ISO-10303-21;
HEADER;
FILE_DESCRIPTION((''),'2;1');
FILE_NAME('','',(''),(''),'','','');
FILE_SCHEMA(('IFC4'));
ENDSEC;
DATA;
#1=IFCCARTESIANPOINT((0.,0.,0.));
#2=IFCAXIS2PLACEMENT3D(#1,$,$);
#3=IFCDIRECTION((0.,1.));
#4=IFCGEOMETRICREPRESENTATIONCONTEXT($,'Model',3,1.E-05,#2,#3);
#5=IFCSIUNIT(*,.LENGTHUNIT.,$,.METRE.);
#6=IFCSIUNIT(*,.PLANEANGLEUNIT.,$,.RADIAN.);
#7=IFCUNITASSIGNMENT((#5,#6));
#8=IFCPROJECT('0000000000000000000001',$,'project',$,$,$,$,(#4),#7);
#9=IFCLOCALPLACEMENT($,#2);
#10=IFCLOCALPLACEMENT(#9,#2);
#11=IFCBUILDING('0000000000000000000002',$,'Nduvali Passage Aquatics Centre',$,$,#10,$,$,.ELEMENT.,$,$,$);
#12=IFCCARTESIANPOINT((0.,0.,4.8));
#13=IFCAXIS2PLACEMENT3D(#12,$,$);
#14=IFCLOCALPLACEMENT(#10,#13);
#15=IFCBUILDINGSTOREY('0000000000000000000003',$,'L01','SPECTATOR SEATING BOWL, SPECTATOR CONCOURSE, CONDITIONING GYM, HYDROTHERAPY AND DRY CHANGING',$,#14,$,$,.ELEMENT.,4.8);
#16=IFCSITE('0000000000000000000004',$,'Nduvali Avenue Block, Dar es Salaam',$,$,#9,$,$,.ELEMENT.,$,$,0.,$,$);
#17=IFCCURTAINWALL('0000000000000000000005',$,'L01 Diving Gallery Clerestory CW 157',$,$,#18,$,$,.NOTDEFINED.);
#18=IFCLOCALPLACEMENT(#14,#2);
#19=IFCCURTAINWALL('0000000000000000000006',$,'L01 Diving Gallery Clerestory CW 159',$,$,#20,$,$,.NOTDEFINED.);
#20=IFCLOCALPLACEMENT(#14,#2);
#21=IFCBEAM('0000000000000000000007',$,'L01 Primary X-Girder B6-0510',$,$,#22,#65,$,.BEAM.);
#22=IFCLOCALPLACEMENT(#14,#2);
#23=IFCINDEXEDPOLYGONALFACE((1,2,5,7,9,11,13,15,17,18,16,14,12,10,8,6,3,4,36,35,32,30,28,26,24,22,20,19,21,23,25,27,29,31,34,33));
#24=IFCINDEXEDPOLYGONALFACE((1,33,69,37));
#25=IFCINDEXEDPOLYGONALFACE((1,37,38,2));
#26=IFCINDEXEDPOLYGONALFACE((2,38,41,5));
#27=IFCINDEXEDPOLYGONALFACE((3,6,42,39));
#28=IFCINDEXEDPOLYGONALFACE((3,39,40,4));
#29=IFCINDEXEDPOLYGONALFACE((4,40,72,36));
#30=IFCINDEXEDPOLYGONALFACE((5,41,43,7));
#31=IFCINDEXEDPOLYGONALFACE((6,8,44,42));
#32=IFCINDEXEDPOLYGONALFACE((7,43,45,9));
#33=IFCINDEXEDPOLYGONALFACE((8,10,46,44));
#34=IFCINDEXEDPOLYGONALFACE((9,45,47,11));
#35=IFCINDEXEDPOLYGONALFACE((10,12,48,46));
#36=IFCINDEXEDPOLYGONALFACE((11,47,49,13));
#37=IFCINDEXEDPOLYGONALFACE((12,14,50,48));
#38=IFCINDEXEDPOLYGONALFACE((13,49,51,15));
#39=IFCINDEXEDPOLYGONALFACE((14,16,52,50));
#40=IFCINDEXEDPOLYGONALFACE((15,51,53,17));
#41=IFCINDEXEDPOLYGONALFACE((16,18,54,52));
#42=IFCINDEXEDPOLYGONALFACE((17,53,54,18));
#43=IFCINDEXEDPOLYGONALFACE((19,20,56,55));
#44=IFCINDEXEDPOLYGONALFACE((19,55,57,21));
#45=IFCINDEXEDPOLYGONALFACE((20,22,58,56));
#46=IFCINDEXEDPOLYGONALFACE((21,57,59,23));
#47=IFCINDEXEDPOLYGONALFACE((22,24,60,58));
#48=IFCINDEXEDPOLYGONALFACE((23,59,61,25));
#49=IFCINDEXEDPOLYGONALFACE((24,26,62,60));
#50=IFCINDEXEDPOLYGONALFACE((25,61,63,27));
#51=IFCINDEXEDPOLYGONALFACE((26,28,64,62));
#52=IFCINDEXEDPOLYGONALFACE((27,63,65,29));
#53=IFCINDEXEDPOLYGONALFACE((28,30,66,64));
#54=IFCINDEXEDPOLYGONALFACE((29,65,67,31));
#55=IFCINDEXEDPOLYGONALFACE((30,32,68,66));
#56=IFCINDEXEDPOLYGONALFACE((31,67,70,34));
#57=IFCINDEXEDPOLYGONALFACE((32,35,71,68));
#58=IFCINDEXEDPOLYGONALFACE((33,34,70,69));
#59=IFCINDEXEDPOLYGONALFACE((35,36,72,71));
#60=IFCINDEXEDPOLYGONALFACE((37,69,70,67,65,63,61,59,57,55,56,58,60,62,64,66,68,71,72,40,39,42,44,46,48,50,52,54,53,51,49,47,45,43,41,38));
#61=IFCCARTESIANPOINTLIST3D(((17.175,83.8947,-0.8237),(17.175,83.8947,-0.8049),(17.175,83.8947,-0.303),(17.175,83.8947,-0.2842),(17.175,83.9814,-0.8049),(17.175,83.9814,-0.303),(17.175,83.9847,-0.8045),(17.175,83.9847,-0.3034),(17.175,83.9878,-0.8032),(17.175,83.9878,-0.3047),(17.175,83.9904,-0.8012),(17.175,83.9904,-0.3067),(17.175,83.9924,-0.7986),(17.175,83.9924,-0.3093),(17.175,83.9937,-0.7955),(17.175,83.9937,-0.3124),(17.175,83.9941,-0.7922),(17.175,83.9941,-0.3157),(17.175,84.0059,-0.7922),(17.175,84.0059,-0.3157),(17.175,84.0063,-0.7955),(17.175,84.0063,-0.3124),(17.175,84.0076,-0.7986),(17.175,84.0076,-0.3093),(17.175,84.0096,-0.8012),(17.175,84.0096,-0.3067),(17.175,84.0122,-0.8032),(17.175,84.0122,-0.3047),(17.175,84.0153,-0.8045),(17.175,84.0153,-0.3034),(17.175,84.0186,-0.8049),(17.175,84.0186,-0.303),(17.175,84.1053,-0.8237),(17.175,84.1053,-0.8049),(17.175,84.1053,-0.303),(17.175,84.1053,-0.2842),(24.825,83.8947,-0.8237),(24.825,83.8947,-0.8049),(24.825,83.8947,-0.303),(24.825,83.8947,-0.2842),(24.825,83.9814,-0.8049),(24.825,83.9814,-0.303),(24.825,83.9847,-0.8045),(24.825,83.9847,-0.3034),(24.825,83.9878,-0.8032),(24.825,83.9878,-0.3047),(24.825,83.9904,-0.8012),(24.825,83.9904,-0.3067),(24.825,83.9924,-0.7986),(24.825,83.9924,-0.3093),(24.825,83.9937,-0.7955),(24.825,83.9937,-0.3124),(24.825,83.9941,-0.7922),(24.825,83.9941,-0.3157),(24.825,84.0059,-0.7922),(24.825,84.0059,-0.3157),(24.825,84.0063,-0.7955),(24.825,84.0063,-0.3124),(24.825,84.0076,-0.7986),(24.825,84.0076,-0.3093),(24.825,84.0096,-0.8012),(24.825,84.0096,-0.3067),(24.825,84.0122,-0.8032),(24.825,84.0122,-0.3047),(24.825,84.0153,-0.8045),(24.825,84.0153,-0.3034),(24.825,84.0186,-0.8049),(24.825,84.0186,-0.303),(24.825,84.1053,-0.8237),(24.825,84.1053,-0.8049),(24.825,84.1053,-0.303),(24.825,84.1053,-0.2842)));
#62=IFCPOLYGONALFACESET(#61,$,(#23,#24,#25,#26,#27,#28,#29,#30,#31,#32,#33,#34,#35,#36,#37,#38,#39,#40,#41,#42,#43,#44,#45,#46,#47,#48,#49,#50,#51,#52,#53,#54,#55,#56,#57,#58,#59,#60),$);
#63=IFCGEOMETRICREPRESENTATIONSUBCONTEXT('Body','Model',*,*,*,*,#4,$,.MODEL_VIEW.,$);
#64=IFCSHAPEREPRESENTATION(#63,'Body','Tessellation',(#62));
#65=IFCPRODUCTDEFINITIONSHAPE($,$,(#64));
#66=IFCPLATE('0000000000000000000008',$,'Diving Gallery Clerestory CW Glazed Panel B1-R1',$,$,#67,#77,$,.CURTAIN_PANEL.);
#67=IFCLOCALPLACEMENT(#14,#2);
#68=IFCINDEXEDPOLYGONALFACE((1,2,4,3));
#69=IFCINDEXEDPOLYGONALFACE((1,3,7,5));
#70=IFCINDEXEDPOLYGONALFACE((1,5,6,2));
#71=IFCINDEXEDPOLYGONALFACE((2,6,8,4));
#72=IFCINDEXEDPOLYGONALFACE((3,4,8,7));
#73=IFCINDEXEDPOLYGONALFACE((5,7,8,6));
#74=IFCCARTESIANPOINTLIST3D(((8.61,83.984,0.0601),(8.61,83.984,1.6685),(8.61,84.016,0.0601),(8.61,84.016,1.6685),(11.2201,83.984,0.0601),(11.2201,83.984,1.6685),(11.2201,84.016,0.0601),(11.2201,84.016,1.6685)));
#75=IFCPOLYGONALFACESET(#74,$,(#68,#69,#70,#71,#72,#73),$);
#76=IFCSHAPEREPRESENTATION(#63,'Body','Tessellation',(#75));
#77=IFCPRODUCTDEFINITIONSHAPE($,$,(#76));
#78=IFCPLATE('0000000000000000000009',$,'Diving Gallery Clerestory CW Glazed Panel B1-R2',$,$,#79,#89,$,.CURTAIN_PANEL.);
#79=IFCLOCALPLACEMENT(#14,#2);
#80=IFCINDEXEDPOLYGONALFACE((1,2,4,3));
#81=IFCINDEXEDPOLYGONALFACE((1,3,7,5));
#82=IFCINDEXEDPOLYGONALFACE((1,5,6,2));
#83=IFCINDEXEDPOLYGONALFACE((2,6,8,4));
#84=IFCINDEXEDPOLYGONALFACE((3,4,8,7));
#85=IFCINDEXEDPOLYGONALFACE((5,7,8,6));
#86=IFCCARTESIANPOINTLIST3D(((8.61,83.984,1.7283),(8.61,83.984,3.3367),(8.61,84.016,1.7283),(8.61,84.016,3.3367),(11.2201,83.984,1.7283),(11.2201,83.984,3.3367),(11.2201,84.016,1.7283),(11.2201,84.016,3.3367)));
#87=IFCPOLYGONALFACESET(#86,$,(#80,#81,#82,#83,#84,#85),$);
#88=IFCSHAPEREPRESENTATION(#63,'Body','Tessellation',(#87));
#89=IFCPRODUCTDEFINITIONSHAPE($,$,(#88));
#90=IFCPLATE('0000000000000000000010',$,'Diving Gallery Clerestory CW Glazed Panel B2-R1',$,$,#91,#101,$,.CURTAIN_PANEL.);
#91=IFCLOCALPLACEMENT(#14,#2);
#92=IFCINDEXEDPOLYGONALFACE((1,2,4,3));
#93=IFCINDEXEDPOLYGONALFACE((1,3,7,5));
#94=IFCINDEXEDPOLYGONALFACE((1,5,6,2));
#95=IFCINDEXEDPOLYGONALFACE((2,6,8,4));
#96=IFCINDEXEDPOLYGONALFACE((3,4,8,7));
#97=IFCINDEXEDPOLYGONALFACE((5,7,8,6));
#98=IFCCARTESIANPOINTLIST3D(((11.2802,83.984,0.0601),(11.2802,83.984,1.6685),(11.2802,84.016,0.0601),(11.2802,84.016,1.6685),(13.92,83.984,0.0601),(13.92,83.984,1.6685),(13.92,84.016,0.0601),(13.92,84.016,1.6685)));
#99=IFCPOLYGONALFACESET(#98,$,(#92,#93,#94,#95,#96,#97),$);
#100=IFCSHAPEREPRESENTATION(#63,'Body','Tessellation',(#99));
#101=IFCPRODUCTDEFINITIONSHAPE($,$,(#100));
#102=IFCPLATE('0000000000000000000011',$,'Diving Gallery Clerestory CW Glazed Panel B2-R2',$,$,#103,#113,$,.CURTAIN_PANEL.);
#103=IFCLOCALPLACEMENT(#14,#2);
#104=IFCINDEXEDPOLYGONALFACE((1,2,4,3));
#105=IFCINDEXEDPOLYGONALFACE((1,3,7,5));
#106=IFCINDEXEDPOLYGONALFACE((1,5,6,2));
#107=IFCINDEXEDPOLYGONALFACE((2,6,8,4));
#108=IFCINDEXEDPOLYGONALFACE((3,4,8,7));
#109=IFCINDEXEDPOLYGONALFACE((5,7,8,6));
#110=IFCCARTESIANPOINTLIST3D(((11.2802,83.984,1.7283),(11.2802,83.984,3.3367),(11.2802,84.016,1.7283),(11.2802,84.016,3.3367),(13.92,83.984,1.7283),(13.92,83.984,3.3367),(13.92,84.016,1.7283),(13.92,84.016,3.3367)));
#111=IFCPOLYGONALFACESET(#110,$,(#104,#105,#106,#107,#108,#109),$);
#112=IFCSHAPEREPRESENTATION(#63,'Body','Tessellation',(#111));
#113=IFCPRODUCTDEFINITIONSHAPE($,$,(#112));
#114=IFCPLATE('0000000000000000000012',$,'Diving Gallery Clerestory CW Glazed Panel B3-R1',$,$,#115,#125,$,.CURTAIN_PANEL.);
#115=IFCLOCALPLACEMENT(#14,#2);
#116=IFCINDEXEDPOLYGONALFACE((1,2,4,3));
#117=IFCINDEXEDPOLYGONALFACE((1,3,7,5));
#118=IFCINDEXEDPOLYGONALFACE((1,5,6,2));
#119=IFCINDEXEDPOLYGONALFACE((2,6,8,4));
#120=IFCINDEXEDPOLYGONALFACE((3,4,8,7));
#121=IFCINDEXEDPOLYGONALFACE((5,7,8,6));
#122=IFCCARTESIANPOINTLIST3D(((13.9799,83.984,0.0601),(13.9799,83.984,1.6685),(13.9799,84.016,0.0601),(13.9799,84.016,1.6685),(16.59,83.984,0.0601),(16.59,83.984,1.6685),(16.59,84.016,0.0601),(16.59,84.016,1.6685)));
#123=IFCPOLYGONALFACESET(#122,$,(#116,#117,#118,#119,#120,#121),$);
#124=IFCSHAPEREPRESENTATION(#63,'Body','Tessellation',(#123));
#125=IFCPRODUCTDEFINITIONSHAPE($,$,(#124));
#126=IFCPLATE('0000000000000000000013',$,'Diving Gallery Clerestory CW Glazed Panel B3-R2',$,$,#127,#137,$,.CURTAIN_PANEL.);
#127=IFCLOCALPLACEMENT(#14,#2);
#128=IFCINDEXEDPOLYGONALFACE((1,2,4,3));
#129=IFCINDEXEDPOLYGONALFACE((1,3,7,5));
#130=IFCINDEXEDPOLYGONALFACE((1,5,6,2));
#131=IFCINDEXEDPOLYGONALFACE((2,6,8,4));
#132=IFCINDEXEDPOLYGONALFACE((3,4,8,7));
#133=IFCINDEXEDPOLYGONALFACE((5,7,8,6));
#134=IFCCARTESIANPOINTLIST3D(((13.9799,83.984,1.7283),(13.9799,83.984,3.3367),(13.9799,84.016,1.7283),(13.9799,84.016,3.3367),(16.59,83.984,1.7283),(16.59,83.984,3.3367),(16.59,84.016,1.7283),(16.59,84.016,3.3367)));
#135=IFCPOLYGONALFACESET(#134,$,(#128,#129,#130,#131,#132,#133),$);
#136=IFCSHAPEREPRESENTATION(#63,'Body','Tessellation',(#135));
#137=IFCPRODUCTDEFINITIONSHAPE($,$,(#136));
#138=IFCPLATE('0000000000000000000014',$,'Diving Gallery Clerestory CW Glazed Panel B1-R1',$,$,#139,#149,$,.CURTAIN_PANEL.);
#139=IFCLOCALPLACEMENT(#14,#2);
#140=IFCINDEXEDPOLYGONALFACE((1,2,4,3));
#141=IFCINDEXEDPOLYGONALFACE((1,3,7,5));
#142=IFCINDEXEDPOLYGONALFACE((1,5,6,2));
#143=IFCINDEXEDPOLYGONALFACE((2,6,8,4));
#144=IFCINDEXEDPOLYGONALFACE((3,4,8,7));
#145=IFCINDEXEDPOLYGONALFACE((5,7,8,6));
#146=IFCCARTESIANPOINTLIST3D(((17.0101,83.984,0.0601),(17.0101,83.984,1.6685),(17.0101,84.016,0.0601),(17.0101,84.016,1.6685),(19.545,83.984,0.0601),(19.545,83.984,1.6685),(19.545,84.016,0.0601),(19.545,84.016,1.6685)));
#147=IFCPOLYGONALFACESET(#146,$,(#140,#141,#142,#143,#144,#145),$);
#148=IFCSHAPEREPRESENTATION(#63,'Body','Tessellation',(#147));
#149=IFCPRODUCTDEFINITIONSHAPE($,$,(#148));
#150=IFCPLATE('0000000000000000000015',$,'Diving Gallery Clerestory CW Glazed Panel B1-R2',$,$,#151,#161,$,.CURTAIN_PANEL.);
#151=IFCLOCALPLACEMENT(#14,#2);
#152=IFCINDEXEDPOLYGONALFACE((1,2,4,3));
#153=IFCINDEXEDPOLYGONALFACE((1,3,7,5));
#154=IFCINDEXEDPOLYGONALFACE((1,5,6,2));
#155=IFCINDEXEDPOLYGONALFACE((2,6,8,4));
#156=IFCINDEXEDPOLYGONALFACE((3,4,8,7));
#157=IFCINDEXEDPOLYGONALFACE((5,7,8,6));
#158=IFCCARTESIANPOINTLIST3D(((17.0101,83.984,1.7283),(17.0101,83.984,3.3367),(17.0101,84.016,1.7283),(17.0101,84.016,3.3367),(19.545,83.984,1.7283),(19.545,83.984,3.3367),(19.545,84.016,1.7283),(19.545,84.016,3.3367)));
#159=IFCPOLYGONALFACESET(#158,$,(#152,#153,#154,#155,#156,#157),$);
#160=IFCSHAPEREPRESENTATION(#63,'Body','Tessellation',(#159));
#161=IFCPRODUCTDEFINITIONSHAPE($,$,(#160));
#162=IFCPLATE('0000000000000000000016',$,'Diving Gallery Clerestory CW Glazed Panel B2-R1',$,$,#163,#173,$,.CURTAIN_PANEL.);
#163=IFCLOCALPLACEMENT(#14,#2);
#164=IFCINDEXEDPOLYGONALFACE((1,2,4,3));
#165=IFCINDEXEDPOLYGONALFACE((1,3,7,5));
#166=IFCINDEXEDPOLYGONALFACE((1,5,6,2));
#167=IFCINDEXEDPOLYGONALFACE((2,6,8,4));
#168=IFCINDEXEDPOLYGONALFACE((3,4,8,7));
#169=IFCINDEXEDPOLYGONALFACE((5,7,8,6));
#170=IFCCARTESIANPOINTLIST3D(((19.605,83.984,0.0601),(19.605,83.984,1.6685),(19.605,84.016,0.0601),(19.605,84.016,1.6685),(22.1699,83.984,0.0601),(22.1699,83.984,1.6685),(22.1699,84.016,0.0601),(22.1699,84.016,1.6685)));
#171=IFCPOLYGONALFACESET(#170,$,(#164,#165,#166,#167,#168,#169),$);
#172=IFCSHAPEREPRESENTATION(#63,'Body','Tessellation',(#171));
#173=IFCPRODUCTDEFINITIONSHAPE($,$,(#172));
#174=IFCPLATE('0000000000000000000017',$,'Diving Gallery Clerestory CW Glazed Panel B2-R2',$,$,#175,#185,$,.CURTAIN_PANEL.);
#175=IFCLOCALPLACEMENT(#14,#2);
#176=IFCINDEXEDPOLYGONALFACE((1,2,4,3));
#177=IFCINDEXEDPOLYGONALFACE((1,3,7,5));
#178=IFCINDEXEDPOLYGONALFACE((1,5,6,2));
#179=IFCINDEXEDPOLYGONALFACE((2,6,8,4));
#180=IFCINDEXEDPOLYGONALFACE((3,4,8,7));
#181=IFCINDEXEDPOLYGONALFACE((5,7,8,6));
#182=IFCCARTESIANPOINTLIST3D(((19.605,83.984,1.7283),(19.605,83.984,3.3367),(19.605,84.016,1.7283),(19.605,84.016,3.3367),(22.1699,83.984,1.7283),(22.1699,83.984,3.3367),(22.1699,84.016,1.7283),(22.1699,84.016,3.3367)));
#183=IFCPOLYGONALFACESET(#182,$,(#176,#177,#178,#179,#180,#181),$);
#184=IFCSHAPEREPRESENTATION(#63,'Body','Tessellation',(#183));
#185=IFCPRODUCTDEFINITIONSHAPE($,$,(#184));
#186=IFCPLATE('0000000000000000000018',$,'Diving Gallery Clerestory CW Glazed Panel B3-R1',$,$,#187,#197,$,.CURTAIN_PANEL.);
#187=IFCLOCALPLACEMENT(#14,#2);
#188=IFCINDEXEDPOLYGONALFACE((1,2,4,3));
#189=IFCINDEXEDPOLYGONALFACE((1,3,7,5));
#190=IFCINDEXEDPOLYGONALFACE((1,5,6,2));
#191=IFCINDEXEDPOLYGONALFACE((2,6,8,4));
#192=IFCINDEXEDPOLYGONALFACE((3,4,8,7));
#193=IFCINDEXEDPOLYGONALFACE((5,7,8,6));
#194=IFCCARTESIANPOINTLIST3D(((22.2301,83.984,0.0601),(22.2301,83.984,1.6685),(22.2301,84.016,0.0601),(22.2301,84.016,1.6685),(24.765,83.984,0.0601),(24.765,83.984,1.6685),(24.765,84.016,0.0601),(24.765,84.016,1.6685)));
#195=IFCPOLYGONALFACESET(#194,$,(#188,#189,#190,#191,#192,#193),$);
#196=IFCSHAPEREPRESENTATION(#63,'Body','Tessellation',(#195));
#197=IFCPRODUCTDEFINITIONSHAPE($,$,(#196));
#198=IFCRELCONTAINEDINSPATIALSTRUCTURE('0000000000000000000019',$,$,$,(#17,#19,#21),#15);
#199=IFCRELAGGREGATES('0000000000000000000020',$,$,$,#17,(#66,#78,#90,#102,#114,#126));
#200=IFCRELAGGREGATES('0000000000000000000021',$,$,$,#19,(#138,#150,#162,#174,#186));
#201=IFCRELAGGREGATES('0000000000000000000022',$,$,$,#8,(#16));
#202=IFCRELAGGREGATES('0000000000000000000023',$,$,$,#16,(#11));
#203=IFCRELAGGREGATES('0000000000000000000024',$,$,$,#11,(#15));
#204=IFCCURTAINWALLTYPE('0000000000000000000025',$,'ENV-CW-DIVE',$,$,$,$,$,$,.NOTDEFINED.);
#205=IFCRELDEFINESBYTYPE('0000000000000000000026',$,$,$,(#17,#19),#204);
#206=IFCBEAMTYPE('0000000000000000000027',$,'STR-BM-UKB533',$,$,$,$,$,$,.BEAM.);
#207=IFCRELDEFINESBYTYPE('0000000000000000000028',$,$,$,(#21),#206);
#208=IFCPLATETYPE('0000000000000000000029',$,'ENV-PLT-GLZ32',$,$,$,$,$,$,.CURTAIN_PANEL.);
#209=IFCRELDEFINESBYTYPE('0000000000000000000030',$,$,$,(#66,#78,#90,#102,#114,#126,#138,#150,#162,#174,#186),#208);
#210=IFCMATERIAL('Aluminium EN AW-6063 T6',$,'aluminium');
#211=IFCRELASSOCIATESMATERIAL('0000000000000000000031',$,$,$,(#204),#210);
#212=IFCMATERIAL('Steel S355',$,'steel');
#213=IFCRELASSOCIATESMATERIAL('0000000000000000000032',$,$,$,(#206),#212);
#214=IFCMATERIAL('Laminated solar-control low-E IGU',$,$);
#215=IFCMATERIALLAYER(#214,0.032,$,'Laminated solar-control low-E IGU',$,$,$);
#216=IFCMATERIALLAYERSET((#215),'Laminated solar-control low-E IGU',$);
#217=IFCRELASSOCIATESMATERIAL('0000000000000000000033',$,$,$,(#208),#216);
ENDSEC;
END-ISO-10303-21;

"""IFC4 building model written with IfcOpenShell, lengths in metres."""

from ifc_helpers import new_model, si_unit, direction, frame, origin, origin_2d, place, context, subcontext, project, spatial, rectangle, i_section, extrude, material, layer, layer_set, material_profile, profile_set, type_object, element, aggregate, save


model = new_model("IFC4")

# Units and contexts
model_context = context("Model", 3, precision=1e-05, world=origin(), true_north=direction((0.0, 1.0)))
body_context = subcontext(model_context, "Body", "Model", "MODEL_VIEW")
ifc_project = project(units=[si_unit("LENGTHUNIT", "METRE"), si_unit("PLANEANGLEUNIT", "RADIAN")], contexts=[model_context])

# Site, building, storey
site_placement = place(None, origin())
site = spatial("IfcSite", under=ifc_project, at=site_placement, Name="Nduvali Avenue Block, Dar es Salaam", CompositionType="ELEMENT", RefElevation=0.0)
building_placement = place(site_placement, origin())
building = spatial("IfcBuilding", under=site, at=building_placement, Name="Nduvali Passage Aquatics Centre", CompositionType="ELEMENT")
storey_placement = place(building_placement, frame((0.0, 0.0, 4.8)))
storey = spatial("IfcBuildingStorey", under=building, at=storey_placement, Name="L01", Description="SPECTATOR SEATING BOWL, SPECTATOR CONCOURSE, CONDITIONING GYM, HYDROTHERAPY AND DRY CHANGING", CompositionType="ELEMENT", Elevation=4.8)

# Shared definitions
ifc_material_1 = material(Name="Steel S355", Category="steel")

# Curtain walls
ifc_material_2 = material(Name="Aluminium EN AW-6063 T6", Category="aluminium")
curtain_wall_type = type_object("IfcCurtainWallType", Name="ENV-CW-DIVE", PredefinedType="NOTDEFINED", material=ifc_material_2)
curtain_wall_1_placement = place(storey_placement, origin())
curtain_wall_1 = element("IfcCurtainWall", 1, at=curtain_wall_1_placement, inside=storey, type_object=curtain_wall_type, Name="L01 Diving Gallery Clerestory CW 157", PredefinedType="NOTDEFINED")
curtain_wall_2_placement = place(storey_placement, origin())
curtain_wall_2 = element("IfcCurtainWall", 2, at=curtain_wall_2_placement, inside=storey, type_object=curtain_wall_type, Name="L01 Diving Gallery Clerestory CW 159", PredefinedType="NOTDEFINED")

# Beam
ifc_material_profile_1 = material_profile(ifc_material_1, i_section(OverallWidth=0.2107, OverallDepth=0.5396, WebThickness=0.0117, FlangeThickness=0.0188, FilletRadius=0.0127, at=origin_2d()), Name="UKB 533x210x109")
ifc_profile_set_1 = profile_set([ifc_material_profile_1], Name="Steel S355")
beam_type = type_object("IfcBeamType", Name="STR-BM-UKB533", PredefinedType="BEAM", material=ifc_profile_set_1)
beam_1_placement = place(storey_placement, frame((17.175, 84.0, -0.554), z_axis=(1.0, 0.0, 0.0), x_axis=(0.0, 1.0, 0.0)))
element("IfcBeam", 3, at=beam_1_placement, inside=storey, type_object=beam_type, Name="L01 Primary X-Girder B6-0510", PredefinedType="BEAM", context=body_context, shape_type="SweptSolid", body=[
    extrude(i_section(OverallWidth=0.2107, OverallDepth=0.5396, WebThickness=0.0117, FlangeThickness=0.0188, FilletRadius=0.0127, at=origin_2d()), origin(), (0.0, 0.0, 1.0), 7.6499),
])

# Plates
ifc_material_3 = material(Name="Laminated solar-control low-E IGU")
ifc_layer = layer(ifc_material_3, 0.032, Name="Laminated solar-control low-E IGU")
ifc_layer_set = layer_set([ifc_layer], Name="Laminated solar-control low-E IGU")
plate_type = type_object("IfcPlateType", Name="ENV-PLT-GLZ32", PredefinedType="CURTAIN_PANEL", material=ifc_layer_set)
plate_1_placement = place(storey_placement, frame((9.915, 84.0, 0.0601), z_axis=(0.0, 0.0, 1.0), x_axis=(1.0, 0.0, 0.0)))
plate_1 = element("IfcPlate", 4, at=plate_1_placement, type_object=plate_type, Name="Diving Gallery Clerestory CW Glazed Panel B1-R1", PredefinedType="CURTAIN_PANEL", context=body_context, shape_type="SweptSolid", body=[
    extrude(rectangle(XDim=2.6101, YDim=0.032, at=origin_2d()), origin(), (0.0, 0.0, 1.0), 1.6084),
])
plate_2_placement = place(storey_placement, frame((9.915, 84.0, 1.7283), z_axis=(0.0, 0.0, 1.0), x_axis=(1.0, 0.0, 0.0)))
plate_2 = element("IfcPlate", 5, at=plate_2_placement, type_object=plate_type, Name="Diving Gallery Clerestory CW Glazed Panel B1-R2", PredefinedType="CURTAIN_PANEL", context=body_context, shape_type="SweptSolid", body=[
    extrude(rectangle(XDim=2.6101, YDim=0.032, at=origin_2d()), origin(), (0.0, 0.0, 1.0), 1.6084),
])
plate_3_placement = place(storey_placement, frame((12.6001, 84.0, 0.0601), z_axis=(0.0, 0.0, 1.0), x_axis=(1.0, 0.0, 0.0)))
plate_3 = element("IfcPlate", 6, at=plate_3_placement, type_object=plate_type, Name="Diving Gallery Clerestory CW Glazed Panel B2-R1", PredefinedType="CURTAIN_PANEL", context=body_context, shape_type="SweptSolid", body=[
    extrude(rectangle(XDim=2.6399, YDim=0.032, at=origin_2d()), origin(), (0.0, 0.0, 1.0), 1.6084),
])
plate_4_placement = place(storey_placement, frame((12.6001, 84.0, 1.7283), z_axis=(0.0, 0.0, 1.0), x_axis=(1.0, 0.0, 0.0)))
plate_4 = element("IfcPlate", 7, at=plate_4_placement, type_object=plate_type, Name="Diving Gallery Clerestory CW Glazed Panel B2-R2", PredefinedType="CURTAIN_PANEL", context=body_context, shape_type="SweptSolid", body=[
    extrude(rectangle(XDim=2.6399, YDim=0.032, at=origin_2d()), origin(), (0.0, 0.0, 1.0), 1.6084),
])
plate_5_placement = place(storey_placement, frame((15.2849, 84.0, 0.0601), z_axis=(0.0, 0.0, 1.0), x_axis=(1.0, 0.0, 0.0)))
plate_5 = element("IfcPlate", 8, at=plate_5_placement, type_object=plate_type, Name="Diving Gallery Clerestory CW Glazed Panel B3-R1", PredefinedType="CURTAIN_PANEL", context=body_context, shape_type="SweptSolid", body=[
    extrude(rectangle(XDim=2.6101, YDim=0.032, at=origin_2d()), origin(), (0.0, 0.0, 1.0), 1.6084),
])
plate_6_placement = place(storey_placement, frame((15.2849, 84.0, 1.7283), z_axis=(0.0, 0.0, 1.0), x_axis=(1.0, 0.0, 0.0)))
plate_6 = element("IfcPlate", 9, at=plate_6_placement, type_object=plate_type, Name="Diving Gallery Clerestory CW Glazed Panel B3-R2", PredefinedType="CURTAIN_PANEL", context=body_context, shape_type="SweptSolid", body=[
    extrude(rectangle(XDim=2.6101, YDim=0.032, at=origin_2d()), origin(), (0.0, 0.0, 1.0), 1.6084),
])
aggregate(curtain_wall_1, [plate_1, plate_2, plate_3, plate_4, plate_5, plate_6])
plate_7_placement = place(storey_placement, frame((18.2776, 84.0, 0.0601), z_axis=(0.0, 0.0, 1.0), x_axis=(1.0, 0.0, 0.0)))
plate_7 = element("IfcPlate", 10, at=plate_7_placement, type_object=plate_type, Name="Diving Gallery Clerestory CW Glazed Panel B1-R1", PredefinedType="CURTAIN_PANEL", context=body_context, shape_type="SweptSolid", body=[
    extrude(rectangle(XDim=2.5349, YDim=0.032, at=origin_2d()), origin(), (0.0, 0.0, 1.0), 1.6084),
])
plate_8_placement = place(storey_placement, frame((18.2776, 84.0, 1.7283), z_axis=(0.0, 0.0, 1.0), x_axis=(1.0, 0.0, 0.0)))
plate_8 = element("IfcPlate", 11, at=plate_8_placement, type_object=plate_type, Name="Diving Gallery Clerestory CW Glazed Panel B1-R2", PredefinedType="CURTAIN_PANEL", context=body_context, shape_type="SweptSolid", body=[
    extrude(rectangle(XDim=2.5349, YDim=0.032, at=origin_2d()), origin(), (0.0, 0.0, 1.0), 1.6084),
])
plate_9_placement = place(storey_placement, frame((20.8875, 84.0, 0.0601), z_axis=(0.0, 0.0, 1.0), x_axis=(1.0, 0.0, 0.0)))
plate_9 = element("IfcPlate", 12, at=plate_9_placement, type_object=plate_type, Name="Diving Gallery Clerestory CW Glazed Panel B2-R1", PredefinedType="CURTAIN_PANEL", context=body_context, shape_type="SweptSolid", body=[
    extrude(rectangle(XDim=2.5649, YDim=0.032, at=origin_2d()), origin(), (0.0, 0.0, 1.0), 1.6084),
])
plate_10_placement = place(storey_placement, frame((20.8875, 84.0, 1.7283), z_axis=(0.0, 0.0, 1.0), x_axis=(1.0, 0.0, 0.0)))
plate_10 = element("IfcPlate", 13, at=plate_10_placement, type_object=plate_type, Name="Diving Gallery Clerestory CW Glazed Panel B2-R2", PredefinedType="CURTAIN_PANEL", context=body_context, shape_type="SweptSolid", body=[
    extrude(rectangle(XDim=2.5649, YDim=0.032, at=origin_2d()), origin(), (0.0, 0.0, 1.0), 1.6084),
])
plate_11_placement = place(storey_placement, frame((23.4976, 84.0, 0.0601), z_axis=(0.0, 0.0, 1.0), x_axis=(1.0, 0.0, 0.0)))
plate_11 = element("IfcPlate", 14, at=plate_11_placement, type_object=plate_type, Name="Diving Gallery Clerestory CW Glazed Panel B3-R1", PredefinedType="CURTAIN_PANEL", context=body_context, shape_type="SweptSolid", body=[
    extrude(rectangle(XDim=2.5349, YDim=0.032, at=origin_2d()), origin(), (0.0, 0.0, 1.0), 1.6084),
])
aggregate(curtain_wall_2, [plate_7, plate_8, plate_9, plate_10, plate_11])

save(model, "model.ifc")
